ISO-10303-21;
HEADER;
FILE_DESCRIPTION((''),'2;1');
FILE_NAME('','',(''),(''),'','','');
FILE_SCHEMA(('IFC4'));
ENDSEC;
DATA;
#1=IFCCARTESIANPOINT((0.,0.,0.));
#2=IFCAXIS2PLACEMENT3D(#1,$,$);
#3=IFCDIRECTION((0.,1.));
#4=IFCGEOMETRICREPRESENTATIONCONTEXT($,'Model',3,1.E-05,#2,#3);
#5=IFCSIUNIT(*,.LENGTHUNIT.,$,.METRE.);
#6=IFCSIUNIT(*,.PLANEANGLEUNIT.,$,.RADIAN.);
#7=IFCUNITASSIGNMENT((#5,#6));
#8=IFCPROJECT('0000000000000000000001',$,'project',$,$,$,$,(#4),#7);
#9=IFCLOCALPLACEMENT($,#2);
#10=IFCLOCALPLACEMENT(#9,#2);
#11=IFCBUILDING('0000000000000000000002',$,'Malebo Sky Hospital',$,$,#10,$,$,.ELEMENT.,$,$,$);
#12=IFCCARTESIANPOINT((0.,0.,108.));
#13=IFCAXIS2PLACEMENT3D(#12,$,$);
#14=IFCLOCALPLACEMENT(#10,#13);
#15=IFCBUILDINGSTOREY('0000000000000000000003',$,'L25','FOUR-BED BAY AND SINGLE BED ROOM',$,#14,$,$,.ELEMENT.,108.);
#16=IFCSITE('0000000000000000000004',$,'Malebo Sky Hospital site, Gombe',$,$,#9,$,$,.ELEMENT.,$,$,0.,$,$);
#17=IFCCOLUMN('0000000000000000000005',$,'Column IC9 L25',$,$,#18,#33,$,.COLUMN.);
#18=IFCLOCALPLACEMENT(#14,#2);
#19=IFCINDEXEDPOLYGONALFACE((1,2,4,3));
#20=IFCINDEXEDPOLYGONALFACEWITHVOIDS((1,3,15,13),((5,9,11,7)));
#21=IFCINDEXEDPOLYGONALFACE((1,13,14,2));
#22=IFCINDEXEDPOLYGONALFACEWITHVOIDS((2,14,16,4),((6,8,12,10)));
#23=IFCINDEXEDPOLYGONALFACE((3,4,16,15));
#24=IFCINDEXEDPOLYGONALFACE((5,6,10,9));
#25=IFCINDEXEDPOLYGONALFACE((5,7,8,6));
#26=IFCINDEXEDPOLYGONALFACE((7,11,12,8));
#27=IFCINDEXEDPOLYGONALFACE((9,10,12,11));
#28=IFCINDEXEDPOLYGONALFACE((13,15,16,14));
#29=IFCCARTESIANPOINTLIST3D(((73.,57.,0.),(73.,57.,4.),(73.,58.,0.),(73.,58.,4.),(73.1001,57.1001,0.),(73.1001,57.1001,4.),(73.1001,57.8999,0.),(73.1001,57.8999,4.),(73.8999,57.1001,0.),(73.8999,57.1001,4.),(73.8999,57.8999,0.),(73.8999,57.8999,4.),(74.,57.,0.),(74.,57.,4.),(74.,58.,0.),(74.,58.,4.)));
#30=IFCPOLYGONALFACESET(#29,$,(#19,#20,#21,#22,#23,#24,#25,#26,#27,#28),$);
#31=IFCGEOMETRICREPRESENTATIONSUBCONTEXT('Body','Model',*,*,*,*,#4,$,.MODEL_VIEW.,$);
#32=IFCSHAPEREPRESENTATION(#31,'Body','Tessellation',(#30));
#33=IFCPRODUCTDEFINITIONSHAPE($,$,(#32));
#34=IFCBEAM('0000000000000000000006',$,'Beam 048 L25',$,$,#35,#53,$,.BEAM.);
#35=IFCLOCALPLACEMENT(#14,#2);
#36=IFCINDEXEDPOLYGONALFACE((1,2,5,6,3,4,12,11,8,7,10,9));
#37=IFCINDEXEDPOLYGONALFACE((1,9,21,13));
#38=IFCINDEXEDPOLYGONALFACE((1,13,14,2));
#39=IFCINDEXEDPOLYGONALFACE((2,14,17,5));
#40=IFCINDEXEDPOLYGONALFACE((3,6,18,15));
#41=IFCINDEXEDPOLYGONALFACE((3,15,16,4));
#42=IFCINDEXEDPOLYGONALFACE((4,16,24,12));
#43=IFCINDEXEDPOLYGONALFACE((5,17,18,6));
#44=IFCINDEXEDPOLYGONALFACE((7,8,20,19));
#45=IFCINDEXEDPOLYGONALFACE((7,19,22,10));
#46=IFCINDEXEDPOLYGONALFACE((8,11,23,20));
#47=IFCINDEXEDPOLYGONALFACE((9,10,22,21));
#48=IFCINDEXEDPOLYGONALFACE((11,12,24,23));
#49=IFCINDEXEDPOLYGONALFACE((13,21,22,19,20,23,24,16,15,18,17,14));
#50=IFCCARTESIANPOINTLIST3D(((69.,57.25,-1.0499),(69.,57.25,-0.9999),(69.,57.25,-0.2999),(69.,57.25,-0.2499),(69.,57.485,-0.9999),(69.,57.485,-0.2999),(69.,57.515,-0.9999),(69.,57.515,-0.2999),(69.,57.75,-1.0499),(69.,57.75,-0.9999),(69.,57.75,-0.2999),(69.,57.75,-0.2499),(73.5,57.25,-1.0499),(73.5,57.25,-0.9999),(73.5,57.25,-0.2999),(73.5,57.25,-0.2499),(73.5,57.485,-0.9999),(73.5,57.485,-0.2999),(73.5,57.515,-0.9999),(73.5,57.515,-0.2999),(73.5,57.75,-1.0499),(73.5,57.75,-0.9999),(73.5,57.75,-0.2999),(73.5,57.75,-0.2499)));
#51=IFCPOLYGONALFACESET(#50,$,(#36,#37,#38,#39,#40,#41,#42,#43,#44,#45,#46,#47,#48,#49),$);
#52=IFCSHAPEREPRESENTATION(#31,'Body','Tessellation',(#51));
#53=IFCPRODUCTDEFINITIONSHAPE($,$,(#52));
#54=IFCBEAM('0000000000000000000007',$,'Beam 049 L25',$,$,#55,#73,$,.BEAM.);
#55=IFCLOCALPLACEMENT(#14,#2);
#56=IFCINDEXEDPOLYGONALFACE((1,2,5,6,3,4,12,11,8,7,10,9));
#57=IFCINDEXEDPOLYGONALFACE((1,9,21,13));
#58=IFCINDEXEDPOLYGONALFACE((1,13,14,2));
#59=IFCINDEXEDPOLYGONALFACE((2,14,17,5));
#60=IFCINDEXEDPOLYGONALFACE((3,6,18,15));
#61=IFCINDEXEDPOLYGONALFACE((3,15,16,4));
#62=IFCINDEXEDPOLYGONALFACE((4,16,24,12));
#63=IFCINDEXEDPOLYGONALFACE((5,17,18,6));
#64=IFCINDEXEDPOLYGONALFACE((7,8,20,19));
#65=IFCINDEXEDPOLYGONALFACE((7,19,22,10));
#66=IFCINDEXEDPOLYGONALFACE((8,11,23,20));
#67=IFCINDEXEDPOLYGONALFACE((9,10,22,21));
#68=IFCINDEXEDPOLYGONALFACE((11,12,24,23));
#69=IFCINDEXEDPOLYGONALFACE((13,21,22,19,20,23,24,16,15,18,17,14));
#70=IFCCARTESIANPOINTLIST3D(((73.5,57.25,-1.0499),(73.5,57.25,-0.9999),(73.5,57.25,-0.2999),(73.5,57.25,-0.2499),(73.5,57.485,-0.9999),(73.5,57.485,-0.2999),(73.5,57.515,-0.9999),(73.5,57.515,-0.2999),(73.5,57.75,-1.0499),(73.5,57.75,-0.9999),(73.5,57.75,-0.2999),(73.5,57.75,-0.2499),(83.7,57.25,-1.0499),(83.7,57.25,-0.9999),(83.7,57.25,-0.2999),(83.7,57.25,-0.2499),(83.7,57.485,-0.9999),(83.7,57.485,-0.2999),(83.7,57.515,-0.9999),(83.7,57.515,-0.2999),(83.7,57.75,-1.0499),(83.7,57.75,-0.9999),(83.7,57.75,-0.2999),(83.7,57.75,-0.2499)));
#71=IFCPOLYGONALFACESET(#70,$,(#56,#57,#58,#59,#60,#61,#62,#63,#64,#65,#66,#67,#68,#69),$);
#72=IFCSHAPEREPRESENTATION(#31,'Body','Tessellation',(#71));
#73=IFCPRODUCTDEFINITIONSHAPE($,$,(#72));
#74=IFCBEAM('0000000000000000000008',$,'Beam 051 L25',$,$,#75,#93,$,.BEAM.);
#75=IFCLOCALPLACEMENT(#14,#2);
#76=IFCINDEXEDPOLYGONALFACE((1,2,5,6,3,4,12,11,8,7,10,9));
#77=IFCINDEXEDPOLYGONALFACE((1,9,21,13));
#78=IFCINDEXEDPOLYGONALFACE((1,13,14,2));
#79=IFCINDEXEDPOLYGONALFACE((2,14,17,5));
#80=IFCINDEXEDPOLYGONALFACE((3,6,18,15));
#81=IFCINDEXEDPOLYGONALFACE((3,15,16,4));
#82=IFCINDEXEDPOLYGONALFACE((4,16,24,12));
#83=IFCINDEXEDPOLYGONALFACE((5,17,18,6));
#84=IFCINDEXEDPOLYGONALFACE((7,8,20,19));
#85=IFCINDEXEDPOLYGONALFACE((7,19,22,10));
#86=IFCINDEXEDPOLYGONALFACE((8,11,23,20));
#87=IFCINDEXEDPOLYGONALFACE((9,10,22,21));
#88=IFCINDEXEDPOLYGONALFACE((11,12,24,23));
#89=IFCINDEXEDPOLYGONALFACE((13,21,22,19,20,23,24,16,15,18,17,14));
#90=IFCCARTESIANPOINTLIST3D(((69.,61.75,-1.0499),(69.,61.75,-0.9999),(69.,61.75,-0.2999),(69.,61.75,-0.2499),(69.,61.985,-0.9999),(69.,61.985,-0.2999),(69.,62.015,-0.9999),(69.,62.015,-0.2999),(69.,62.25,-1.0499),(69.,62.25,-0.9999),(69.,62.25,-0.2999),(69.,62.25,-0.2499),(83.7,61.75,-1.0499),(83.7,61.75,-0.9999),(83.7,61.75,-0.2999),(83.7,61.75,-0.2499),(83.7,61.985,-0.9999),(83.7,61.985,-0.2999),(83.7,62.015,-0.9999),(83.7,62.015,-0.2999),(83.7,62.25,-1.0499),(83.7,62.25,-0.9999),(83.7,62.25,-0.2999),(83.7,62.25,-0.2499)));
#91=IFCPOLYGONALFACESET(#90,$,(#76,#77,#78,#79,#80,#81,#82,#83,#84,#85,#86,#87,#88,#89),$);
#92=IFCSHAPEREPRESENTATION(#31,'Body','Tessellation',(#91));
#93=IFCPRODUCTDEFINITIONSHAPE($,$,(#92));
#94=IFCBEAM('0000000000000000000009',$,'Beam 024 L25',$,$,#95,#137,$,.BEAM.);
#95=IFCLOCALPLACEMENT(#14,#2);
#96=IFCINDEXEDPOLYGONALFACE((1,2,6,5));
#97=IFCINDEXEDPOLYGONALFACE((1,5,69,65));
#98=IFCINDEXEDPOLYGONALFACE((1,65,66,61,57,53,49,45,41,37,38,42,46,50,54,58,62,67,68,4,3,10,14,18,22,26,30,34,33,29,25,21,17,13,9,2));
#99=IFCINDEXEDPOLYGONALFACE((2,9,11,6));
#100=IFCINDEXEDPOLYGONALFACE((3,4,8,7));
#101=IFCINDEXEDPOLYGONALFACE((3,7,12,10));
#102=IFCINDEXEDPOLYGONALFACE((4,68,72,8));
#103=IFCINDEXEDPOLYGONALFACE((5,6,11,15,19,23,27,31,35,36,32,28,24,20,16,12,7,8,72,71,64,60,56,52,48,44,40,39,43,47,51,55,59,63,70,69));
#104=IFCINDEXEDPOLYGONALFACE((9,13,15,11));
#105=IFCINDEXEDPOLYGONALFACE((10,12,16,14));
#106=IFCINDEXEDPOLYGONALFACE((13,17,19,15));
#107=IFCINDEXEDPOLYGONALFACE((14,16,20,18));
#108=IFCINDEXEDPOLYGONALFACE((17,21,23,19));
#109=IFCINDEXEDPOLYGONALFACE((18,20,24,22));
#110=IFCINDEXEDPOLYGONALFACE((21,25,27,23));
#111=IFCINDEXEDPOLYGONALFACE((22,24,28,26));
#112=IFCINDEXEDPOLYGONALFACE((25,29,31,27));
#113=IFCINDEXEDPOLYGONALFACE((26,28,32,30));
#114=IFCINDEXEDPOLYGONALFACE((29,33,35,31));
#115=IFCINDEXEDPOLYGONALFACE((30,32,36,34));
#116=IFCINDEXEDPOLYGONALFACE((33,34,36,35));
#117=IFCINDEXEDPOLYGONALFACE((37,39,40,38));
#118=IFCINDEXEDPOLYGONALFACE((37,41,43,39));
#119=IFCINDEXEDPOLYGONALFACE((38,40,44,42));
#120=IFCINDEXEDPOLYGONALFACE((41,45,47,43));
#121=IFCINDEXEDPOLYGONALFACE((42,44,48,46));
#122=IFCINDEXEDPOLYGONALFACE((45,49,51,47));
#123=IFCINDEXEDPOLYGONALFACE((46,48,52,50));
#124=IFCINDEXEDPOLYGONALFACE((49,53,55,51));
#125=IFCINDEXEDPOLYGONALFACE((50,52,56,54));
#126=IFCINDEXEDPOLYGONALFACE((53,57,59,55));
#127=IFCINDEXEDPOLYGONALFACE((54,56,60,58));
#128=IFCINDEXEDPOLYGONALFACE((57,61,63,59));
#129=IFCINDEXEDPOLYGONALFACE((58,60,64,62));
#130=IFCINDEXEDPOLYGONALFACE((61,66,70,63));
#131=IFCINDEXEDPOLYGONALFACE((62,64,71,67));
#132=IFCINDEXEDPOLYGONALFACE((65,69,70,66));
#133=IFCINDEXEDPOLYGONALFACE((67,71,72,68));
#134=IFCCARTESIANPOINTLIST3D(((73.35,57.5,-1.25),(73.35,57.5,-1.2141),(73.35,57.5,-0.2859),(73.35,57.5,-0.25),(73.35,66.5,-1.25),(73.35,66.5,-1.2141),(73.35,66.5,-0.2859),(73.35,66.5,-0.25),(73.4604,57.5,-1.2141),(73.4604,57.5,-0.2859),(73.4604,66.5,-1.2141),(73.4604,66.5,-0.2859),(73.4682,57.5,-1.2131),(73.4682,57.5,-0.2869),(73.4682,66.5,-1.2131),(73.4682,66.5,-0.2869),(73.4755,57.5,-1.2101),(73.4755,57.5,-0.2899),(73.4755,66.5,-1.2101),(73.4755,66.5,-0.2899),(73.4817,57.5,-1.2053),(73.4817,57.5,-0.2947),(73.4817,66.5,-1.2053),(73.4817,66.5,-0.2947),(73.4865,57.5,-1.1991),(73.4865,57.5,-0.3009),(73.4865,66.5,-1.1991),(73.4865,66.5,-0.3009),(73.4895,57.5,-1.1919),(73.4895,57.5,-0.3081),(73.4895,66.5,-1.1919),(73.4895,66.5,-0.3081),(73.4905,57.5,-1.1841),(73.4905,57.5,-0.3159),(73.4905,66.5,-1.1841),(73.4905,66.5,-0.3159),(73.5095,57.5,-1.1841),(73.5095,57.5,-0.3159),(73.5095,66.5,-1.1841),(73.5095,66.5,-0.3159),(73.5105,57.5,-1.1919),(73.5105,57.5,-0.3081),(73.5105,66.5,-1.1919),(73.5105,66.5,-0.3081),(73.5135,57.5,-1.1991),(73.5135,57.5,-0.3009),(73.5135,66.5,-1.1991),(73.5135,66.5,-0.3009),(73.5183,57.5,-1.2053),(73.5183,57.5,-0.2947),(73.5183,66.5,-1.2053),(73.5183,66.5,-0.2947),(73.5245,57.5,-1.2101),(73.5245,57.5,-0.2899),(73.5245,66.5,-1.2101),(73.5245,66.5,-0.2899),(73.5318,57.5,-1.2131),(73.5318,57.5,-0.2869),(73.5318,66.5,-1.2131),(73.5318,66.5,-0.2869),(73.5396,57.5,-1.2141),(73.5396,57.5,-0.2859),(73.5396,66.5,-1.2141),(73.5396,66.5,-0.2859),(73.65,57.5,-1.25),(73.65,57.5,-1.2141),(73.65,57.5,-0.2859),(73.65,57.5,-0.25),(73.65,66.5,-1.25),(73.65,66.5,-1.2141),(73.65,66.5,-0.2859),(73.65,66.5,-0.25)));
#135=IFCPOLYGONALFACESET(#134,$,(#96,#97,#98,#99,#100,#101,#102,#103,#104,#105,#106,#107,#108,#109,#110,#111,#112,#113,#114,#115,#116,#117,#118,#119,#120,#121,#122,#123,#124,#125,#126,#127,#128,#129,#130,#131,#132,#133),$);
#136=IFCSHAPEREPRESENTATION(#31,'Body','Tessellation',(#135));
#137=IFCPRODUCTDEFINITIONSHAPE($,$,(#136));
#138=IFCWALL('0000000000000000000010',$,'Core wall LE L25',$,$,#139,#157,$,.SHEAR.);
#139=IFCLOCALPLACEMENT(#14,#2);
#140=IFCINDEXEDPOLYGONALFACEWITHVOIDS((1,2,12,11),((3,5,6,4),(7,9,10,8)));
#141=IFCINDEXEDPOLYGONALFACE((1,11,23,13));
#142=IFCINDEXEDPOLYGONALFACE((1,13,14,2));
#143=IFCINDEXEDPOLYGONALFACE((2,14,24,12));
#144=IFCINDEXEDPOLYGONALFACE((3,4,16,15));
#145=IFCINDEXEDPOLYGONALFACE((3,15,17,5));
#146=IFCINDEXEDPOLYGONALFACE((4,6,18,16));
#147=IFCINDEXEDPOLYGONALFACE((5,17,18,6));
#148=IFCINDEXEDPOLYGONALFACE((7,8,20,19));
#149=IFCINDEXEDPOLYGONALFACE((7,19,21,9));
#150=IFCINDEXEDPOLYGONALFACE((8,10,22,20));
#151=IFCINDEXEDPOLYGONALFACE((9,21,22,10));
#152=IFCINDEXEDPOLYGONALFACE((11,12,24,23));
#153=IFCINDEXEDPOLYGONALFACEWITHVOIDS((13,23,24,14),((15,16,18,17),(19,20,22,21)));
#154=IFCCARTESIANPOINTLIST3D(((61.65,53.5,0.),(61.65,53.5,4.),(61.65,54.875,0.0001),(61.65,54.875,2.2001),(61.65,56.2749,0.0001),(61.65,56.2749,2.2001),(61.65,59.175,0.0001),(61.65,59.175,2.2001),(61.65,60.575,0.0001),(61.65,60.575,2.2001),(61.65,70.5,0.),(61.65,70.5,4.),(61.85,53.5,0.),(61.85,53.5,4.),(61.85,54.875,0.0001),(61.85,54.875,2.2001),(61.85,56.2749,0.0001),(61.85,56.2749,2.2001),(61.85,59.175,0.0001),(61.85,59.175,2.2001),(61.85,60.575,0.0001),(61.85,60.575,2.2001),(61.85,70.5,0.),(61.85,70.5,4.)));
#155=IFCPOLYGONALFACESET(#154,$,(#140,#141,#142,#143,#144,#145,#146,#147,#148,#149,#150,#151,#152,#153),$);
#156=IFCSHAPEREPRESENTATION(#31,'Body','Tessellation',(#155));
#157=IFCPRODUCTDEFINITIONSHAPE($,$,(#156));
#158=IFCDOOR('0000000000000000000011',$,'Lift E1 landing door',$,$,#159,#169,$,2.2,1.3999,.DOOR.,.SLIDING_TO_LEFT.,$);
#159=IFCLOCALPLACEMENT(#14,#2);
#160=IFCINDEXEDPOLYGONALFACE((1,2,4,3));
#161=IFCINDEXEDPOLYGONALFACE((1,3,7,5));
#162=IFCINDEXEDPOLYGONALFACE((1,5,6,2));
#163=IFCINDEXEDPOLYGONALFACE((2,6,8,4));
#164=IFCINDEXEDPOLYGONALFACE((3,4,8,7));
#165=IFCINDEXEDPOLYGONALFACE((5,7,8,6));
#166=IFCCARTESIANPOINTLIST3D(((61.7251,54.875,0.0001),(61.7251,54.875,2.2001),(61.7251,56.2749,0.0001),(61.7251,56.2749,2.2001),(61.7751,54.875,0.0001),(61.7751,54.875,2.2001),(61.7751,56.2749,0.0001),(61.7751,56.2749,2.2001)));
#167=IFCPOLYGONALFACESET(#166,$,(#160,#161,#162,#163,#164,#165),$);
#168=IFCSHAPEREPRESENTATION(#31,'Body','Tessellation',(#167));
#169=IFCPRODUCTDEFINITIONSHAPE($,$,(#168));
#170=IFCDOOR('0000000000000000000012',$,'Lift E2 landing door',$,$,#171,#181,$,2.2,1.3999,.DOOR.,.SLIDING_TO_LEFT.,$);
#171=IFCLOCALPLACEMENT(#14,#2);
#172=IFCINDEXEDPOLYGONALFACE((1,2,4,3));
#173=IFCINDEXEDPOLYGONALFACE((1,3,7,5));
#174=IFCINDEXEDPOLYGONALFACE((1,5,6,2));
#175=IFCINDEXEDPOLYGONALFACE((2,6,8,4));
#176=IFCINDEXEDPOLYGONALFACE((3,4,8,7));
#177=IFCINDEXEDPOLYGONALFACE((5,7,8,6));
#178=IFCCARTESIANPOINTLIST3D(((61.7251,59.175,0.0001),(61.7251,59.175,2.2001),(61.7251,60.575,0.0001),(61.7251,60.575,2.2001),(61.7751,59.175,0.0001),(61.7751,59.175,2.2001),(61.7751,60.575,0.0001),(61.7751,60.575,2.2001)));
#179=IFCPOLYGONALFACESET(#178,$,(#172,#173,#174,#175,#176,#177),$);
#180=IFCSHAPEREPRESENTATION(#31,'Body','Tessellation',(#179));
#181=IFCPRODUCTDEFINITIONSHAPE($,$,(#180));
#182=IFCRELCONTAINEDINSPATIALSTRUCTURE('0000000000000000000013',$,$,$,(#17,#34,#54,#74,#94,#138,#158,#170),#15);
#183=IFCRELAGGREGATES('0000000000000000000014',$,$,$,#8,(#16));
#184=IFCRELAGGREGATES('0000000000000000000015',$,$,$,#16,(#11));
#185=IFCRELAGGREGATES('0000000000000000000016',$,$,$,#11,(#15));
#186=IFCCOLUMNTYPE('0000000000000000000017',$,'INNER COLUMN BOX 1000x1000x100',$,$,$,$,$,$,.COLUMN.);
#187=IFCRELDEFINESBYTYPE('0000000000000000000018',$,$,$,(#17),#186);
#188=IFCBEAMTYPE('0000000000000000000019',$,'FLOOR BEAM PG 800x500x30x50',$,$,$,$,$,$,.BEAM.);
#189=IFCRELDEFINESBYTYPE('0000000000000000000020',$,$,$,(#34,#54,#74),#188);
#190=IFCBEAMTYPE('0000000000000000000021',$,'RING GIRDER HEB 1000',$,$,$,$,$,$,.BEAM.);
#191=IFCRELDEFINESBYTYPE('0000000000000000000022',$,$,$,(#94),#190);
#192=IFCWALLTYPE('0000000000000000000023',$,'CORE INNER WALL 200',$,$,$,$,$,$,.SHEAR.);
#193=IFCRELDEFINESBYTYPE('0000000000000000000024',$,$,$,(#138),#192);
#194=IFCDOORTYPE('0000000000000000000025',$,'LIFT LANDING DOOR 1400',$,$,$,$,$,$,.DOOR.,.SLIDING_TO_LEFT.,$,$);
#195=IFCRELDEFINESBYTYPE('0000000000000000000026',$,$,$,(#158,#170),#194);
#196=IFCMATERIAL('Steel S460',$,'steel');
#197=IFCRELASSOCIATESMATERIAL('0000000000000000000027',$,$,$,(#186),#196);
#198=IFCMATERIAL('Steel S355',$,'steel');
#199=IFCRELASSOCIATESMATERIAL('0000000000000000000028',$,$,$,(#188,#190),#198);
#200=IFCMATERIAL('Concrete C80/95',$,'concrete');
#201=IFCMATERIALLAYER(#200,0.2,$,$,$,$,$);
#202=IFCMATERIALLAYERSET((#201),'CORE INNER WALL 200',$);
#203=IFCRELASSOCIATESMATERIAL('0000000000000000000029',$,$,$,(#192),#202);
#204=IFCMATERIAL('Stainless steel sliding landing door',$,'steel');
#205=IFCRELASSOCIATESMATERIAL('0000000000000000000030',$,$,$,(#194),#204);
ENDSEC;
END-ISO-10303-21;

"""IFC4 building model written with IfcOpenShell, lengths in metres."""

from ifc_helpers import new_model, si_unit, direction, frame, frame_2d, origin, origin_2d, place, context, subcontext, project, spatial, rectangle, hollow_rectangle, i_section, extrude, material, layer, layer_set, material_profile, profile_set, type_object, element, fill, save


model = new_model("IFC4")

# Units and contexts
model_context = context("Model", 3, precision=1e-05, world=origin(), true_north=direction((0.0, 1.0)))
body_context = subcontext(model_context, "Body", "Model", "MODEL_VIEW")
ifc_project = project(units=[si_unit("LENGTHUNIT", "METRE"), si_unit("PLANEANGLEUNIT", "RADIAN")], contexts=[model_context])

# Site, building, storey
site_placement = place(None, origin())
site = spatial("IfcSite", under=ifc_project, at=site_placement, Name="Malebo Sky Hospital site, Gombe", CompositionType="ELEMENT", RefElevation=0.0)
building_placement = place(site_placement, origin())
building = spatial("IfcBuilding", under=site, at=building_placement, Name="Malebo Sky Hospital", CompositionType="ELEMENT")
storey_placement = place(building_placement, frame((0.0, 0.0, 108.0)))
storey = spatial("IfcBuildingStorey", under=building, at=storey_placement, Name="L25", Description="FOUR-BED BAY AND SINGLE BED ROOM", CompositionType="ELEMENT", Elevation=108.0)

# Column
ifc_material_1 = material(Name="Steel S460", Category="steel")
ifc_material_profile_1 = material_profile(ifc_material_1, hollow_rectangle(XDim=1.0, YDim=1.0, WallThickness=0.1001, at=origin_2d()), Name="BOX 1000x1000x100")
ifc_profile_set_1 = profile_set([ifc_material_profile_1], Name="Steel S460")
column_type = type_object("IfcColumnType", Name="INNER COLUMN BOX 1000x1000x100", PredefinedType="COLUMN", material=ifc_profile_set_1)
column_placement = place(storey_placement, frame((73.5, 57.5, 0.0), z_axis=(0.0, 0.0, 1.0), x_axis=(1.0, 0.0, 0.0)))
element("IfcColumn", 1, at=column_placement, inside=storey, type_object=column_type, Name="Column IC9 L25", PredefinedType="COLUMN", context=body_context, shape_type="SweptSolid", body=[
    extrude(hollow_rectangle(XDim=1.0, YDim=1.0, WallThickness=0.1001, at=origin_2d()), origin(), (0.0, 0.0, 1.0), 4.0),
])

# Beams
ifc_material_2 = material(Name="Steel S355", Category="steel")
ifc_material_profile_2 = material_profile(ifc_material_2, i_section(OverallWidth=0.5, OverallDepth=0.8, WebThickness=0.03, FlangeThickness=0.05, at=origin_2d()), Name="PG 800x500x30x50")
ifc_profile_set_2 = profile_set([ifc_material_profile_2], Name="Steel S355")
beam_type_1 = type_object("IfcBeamType", Name="FLOOR BEAM PG 800x500x30x50", PredefinedType="BEAM", material=ifc_profile_set_2)
beam_1_placement = place(storey_placement, frame((69.0, 57.5, -0.6499), z_axis=(1.0, 0.0, 0.0), x_axis=(0.0, 1.0, 0.0)))
element("IfcBeam", 2, at=beam_1_placement, inside=storey, type_object=beam_type_1, Name="Beam 048 L25", PredefinedType="BEAM", context=body_context, shape_type="SweptSolid", body=[
    extrude(i_section(OverallWidth=0.5, OverallDepth=0.8, WebThickness=0.03, FlangeThickness=0.05, at=origin_2d()), origin(), (0.0, 0.0, 1.0), 4.5),
])
beam_2_placement = place(storey_placement, frame((73.5, 57.5, -0.6499), z_axis=(1.0, 0.0, 0.0), x_axis=(0.0, 1.0, 0.0)))
element("IfcBeam", 3, at=beam_2_placement, inside=storey, type_object=beam_type_1, Name="Beam 049 L25", PredefinedType="BEAM", context=body_context, shape_type="SweptSolid", body=[
    extrude(i_section(OverallWidth=0.5, OverallDepth=0.8, WebThickness=0.03, FlangeThickness=0.05, at=origin_2d()), origin(), (0.0, 0.0, 1.0), 10.2),
])
beam_3_placement = place(storey_placement, frame((69.0, 62.0, -0.6499), z_axis=(1.0, 0.0, 0.0), x_axis=(0.0, 1.0, 0.0)))
element("IfcBeam", 4, at=beam_3_placement, inside=storey, type_object=beam_type_1, Name="Beam 051 L25", PredefinedType="BEAM", context=body_context, shape_type="SweptSolid", body=[
    extrude(i_section(OverallWidth=0.5, OverallDepth=0.8, WebThickness=0.03, FlangeThickness=0.05, at=origin_2d()), origin(), (0.0, 0.0, 1.0), 14.7),
])
ifc_material_profile_3 = material_profile(ifc_material_2, i_section(OverallWidth=0.3, OverallDepth=1.0, WebThickness=0.019, FlangeThickness=0.0359, FilletRadius=0.03, at=origin_2d()), Name="HEB 1000")
ifc_profile_set_3 = profile_set([ifc_material_profile_3], Name="Steel S355")
beam_type_2 = type_object("IfcBeamType", Name="RING GIRDER HEB 1000", PredefinedType="BEAM", material=ifc_profile_set_3)
beam_4_placement = place(storey_placement, frame((73.5, 57.5, -0.75), z_axis=(0.0, 1.0, 0.0), x_axis=(-1.0, 0.0, 0.0)))
element("IfcBeam", 5, at=beam_4_placement, inside=storey, type_object=beam_type_2, Name="Beam 024 L25", PredefinedType="BEAM", context=body_context, shape_type="SweptSolid", body=[
    extrude(i_section(OverallWidth=0.3, OverallDepth=1.0, WebThickness=0.019, FlangeThickness=0.0359, FilletRadius=0.03, at=origin_2d()), origin(), (0.0, 0.0, 1.0), 9.0),
])

# Wall, openings, doors
ifc_material_3 = material(Name="Concrete C80/95", Category="concrete")
ifc_layer_1 = layer(ifc_material_3, 0.2)
ifc_layer_set_1 = layer_set([ifc_layer_1], Name="CORE INNER WALL 200")
wall_type_1 = type_object("IfcWallType", Name="CORE INNER WALL 200", PredefinedType="SHEAR", material=ifc_layer_set_1)
wall_1_placement = place(storey_placement, frame((61.75, 53.5, 0.0), z_axis=(0.0, 0.0, 1.0), x_axis=(0.0, 1.0, 0.0)))
wall_1 = element("IfcWall", 6, at=wall_1_placement, inside=storey, type_object=wall_type_1, Name="Core wall LE L25", PredefinedType="SHEAR", context=body_context, shape_type="SweptSolid", body=[
    extrude(rectangle(XDim=17.0, YDim=0.2, at=frame_2d((8.5, 0.0))), origin(), (0.0, 0.0, 1.0), 4.0),
])
opening_1_placement = place(wall_1_placement, frame((1.375, 0.0, 0.0)))
opening_1 = element("IfcOpeningElement", 7, at=opening_1_placement, cuts=wall_1, PredefinedType="OPENING", context=body_context, shape_type="SweptSolid", body=[
    extrude(rectangle(XDim=1.3999, YDim=2.2, at=frame_2d((0.7, 1.1001))), frame((0.0, 0.1099, 0.0), z_axis=(0.0, -1.0, 0.0), x_axis=(1.0, 0.0, 0.0)), (0.0, 0.0, 1.0), 0.22),
])
opening_2_placement = place(wall_1_placement, frame((5.675, 0.0, 0.0)))
opening_2 = element("IfcOpeningElement", 8, at=opening_2_placement, cuts=wall_1, PredefinedType="OPENING", context=body_context, shape_type="SweptSolid", body=[
    extrude(rectangle(XDim=1.3999, YDim=2.2, at=frame_2d((0.7, 1.1001))), frame((0.0, 0.1099, 0.0), z_axis=(0.0, -1.0, 0.0), x_axis=(1.0, 0.0, 0.0)), (0.0, 0.0, 1.0), 0.22),
])
ifc_material_4 = material(Name="Stainless steel sliding landing door", Category="steel")
door_type_1 = type_object("IfcDoorType", Name="LIFT LANDING DOOR 1400", OperationType="SLIDING_TO_LEFT", PredefinedType="DOOR", material=ifc_material_4)
door_1_placement = place(opening_1_placement, origin())
door_1 = element("IfcDoor", 9, at=door_1_placement, inside=storey, type_object=door_type_1, Name="Lift E1 landing door", OperationType="SLIDING_TO_LEFT", OverallHeight=2.2, OverallWidth=1.3999, PredefinedType="DOOR", context=body_context, shape_type="SweptSolid", body=[
    extrude(rectangle(XDim=1.3999, YDim=2.2, at=frame_2d((0.7, 1.1001))), frame((0.0, 0.0249, 0.0), z_axis=(0.0, -1.0, 0.0), x_axis=(1.0, 0.0, 0.0)), (0.0, 0.0, 1.0), 0.05),
])
fill(opening_1, door_1)
door_2_placement = place(opening_2_placement, origin())
door_2 = element("IfcDoor", 10, at=door_2_placement, inside=storey, type_object=door_type_1, Name="Lift E2 landing door", OperationType="SLIDING_TO_LEFT", OverallHeight=2.2, OverallWidth=1.3999, PredefinedType="DOOR", context=body_context, shape_type="SweptSolid", body=[
    extrude(rectangle(XDim=1.3999, YDim=2.2, at=frame_2d((0.7, 1.1001))), frame((0.0, 0.0249, 0.0), z_axis=(0.0, -1.0, 0.0), x_axis=(1.0, 0.0, 0.0)), (0.0, 0.0, 1.0), 0.05),
])
fill(opening_2, door_2)

save(model, "model.ifc")
